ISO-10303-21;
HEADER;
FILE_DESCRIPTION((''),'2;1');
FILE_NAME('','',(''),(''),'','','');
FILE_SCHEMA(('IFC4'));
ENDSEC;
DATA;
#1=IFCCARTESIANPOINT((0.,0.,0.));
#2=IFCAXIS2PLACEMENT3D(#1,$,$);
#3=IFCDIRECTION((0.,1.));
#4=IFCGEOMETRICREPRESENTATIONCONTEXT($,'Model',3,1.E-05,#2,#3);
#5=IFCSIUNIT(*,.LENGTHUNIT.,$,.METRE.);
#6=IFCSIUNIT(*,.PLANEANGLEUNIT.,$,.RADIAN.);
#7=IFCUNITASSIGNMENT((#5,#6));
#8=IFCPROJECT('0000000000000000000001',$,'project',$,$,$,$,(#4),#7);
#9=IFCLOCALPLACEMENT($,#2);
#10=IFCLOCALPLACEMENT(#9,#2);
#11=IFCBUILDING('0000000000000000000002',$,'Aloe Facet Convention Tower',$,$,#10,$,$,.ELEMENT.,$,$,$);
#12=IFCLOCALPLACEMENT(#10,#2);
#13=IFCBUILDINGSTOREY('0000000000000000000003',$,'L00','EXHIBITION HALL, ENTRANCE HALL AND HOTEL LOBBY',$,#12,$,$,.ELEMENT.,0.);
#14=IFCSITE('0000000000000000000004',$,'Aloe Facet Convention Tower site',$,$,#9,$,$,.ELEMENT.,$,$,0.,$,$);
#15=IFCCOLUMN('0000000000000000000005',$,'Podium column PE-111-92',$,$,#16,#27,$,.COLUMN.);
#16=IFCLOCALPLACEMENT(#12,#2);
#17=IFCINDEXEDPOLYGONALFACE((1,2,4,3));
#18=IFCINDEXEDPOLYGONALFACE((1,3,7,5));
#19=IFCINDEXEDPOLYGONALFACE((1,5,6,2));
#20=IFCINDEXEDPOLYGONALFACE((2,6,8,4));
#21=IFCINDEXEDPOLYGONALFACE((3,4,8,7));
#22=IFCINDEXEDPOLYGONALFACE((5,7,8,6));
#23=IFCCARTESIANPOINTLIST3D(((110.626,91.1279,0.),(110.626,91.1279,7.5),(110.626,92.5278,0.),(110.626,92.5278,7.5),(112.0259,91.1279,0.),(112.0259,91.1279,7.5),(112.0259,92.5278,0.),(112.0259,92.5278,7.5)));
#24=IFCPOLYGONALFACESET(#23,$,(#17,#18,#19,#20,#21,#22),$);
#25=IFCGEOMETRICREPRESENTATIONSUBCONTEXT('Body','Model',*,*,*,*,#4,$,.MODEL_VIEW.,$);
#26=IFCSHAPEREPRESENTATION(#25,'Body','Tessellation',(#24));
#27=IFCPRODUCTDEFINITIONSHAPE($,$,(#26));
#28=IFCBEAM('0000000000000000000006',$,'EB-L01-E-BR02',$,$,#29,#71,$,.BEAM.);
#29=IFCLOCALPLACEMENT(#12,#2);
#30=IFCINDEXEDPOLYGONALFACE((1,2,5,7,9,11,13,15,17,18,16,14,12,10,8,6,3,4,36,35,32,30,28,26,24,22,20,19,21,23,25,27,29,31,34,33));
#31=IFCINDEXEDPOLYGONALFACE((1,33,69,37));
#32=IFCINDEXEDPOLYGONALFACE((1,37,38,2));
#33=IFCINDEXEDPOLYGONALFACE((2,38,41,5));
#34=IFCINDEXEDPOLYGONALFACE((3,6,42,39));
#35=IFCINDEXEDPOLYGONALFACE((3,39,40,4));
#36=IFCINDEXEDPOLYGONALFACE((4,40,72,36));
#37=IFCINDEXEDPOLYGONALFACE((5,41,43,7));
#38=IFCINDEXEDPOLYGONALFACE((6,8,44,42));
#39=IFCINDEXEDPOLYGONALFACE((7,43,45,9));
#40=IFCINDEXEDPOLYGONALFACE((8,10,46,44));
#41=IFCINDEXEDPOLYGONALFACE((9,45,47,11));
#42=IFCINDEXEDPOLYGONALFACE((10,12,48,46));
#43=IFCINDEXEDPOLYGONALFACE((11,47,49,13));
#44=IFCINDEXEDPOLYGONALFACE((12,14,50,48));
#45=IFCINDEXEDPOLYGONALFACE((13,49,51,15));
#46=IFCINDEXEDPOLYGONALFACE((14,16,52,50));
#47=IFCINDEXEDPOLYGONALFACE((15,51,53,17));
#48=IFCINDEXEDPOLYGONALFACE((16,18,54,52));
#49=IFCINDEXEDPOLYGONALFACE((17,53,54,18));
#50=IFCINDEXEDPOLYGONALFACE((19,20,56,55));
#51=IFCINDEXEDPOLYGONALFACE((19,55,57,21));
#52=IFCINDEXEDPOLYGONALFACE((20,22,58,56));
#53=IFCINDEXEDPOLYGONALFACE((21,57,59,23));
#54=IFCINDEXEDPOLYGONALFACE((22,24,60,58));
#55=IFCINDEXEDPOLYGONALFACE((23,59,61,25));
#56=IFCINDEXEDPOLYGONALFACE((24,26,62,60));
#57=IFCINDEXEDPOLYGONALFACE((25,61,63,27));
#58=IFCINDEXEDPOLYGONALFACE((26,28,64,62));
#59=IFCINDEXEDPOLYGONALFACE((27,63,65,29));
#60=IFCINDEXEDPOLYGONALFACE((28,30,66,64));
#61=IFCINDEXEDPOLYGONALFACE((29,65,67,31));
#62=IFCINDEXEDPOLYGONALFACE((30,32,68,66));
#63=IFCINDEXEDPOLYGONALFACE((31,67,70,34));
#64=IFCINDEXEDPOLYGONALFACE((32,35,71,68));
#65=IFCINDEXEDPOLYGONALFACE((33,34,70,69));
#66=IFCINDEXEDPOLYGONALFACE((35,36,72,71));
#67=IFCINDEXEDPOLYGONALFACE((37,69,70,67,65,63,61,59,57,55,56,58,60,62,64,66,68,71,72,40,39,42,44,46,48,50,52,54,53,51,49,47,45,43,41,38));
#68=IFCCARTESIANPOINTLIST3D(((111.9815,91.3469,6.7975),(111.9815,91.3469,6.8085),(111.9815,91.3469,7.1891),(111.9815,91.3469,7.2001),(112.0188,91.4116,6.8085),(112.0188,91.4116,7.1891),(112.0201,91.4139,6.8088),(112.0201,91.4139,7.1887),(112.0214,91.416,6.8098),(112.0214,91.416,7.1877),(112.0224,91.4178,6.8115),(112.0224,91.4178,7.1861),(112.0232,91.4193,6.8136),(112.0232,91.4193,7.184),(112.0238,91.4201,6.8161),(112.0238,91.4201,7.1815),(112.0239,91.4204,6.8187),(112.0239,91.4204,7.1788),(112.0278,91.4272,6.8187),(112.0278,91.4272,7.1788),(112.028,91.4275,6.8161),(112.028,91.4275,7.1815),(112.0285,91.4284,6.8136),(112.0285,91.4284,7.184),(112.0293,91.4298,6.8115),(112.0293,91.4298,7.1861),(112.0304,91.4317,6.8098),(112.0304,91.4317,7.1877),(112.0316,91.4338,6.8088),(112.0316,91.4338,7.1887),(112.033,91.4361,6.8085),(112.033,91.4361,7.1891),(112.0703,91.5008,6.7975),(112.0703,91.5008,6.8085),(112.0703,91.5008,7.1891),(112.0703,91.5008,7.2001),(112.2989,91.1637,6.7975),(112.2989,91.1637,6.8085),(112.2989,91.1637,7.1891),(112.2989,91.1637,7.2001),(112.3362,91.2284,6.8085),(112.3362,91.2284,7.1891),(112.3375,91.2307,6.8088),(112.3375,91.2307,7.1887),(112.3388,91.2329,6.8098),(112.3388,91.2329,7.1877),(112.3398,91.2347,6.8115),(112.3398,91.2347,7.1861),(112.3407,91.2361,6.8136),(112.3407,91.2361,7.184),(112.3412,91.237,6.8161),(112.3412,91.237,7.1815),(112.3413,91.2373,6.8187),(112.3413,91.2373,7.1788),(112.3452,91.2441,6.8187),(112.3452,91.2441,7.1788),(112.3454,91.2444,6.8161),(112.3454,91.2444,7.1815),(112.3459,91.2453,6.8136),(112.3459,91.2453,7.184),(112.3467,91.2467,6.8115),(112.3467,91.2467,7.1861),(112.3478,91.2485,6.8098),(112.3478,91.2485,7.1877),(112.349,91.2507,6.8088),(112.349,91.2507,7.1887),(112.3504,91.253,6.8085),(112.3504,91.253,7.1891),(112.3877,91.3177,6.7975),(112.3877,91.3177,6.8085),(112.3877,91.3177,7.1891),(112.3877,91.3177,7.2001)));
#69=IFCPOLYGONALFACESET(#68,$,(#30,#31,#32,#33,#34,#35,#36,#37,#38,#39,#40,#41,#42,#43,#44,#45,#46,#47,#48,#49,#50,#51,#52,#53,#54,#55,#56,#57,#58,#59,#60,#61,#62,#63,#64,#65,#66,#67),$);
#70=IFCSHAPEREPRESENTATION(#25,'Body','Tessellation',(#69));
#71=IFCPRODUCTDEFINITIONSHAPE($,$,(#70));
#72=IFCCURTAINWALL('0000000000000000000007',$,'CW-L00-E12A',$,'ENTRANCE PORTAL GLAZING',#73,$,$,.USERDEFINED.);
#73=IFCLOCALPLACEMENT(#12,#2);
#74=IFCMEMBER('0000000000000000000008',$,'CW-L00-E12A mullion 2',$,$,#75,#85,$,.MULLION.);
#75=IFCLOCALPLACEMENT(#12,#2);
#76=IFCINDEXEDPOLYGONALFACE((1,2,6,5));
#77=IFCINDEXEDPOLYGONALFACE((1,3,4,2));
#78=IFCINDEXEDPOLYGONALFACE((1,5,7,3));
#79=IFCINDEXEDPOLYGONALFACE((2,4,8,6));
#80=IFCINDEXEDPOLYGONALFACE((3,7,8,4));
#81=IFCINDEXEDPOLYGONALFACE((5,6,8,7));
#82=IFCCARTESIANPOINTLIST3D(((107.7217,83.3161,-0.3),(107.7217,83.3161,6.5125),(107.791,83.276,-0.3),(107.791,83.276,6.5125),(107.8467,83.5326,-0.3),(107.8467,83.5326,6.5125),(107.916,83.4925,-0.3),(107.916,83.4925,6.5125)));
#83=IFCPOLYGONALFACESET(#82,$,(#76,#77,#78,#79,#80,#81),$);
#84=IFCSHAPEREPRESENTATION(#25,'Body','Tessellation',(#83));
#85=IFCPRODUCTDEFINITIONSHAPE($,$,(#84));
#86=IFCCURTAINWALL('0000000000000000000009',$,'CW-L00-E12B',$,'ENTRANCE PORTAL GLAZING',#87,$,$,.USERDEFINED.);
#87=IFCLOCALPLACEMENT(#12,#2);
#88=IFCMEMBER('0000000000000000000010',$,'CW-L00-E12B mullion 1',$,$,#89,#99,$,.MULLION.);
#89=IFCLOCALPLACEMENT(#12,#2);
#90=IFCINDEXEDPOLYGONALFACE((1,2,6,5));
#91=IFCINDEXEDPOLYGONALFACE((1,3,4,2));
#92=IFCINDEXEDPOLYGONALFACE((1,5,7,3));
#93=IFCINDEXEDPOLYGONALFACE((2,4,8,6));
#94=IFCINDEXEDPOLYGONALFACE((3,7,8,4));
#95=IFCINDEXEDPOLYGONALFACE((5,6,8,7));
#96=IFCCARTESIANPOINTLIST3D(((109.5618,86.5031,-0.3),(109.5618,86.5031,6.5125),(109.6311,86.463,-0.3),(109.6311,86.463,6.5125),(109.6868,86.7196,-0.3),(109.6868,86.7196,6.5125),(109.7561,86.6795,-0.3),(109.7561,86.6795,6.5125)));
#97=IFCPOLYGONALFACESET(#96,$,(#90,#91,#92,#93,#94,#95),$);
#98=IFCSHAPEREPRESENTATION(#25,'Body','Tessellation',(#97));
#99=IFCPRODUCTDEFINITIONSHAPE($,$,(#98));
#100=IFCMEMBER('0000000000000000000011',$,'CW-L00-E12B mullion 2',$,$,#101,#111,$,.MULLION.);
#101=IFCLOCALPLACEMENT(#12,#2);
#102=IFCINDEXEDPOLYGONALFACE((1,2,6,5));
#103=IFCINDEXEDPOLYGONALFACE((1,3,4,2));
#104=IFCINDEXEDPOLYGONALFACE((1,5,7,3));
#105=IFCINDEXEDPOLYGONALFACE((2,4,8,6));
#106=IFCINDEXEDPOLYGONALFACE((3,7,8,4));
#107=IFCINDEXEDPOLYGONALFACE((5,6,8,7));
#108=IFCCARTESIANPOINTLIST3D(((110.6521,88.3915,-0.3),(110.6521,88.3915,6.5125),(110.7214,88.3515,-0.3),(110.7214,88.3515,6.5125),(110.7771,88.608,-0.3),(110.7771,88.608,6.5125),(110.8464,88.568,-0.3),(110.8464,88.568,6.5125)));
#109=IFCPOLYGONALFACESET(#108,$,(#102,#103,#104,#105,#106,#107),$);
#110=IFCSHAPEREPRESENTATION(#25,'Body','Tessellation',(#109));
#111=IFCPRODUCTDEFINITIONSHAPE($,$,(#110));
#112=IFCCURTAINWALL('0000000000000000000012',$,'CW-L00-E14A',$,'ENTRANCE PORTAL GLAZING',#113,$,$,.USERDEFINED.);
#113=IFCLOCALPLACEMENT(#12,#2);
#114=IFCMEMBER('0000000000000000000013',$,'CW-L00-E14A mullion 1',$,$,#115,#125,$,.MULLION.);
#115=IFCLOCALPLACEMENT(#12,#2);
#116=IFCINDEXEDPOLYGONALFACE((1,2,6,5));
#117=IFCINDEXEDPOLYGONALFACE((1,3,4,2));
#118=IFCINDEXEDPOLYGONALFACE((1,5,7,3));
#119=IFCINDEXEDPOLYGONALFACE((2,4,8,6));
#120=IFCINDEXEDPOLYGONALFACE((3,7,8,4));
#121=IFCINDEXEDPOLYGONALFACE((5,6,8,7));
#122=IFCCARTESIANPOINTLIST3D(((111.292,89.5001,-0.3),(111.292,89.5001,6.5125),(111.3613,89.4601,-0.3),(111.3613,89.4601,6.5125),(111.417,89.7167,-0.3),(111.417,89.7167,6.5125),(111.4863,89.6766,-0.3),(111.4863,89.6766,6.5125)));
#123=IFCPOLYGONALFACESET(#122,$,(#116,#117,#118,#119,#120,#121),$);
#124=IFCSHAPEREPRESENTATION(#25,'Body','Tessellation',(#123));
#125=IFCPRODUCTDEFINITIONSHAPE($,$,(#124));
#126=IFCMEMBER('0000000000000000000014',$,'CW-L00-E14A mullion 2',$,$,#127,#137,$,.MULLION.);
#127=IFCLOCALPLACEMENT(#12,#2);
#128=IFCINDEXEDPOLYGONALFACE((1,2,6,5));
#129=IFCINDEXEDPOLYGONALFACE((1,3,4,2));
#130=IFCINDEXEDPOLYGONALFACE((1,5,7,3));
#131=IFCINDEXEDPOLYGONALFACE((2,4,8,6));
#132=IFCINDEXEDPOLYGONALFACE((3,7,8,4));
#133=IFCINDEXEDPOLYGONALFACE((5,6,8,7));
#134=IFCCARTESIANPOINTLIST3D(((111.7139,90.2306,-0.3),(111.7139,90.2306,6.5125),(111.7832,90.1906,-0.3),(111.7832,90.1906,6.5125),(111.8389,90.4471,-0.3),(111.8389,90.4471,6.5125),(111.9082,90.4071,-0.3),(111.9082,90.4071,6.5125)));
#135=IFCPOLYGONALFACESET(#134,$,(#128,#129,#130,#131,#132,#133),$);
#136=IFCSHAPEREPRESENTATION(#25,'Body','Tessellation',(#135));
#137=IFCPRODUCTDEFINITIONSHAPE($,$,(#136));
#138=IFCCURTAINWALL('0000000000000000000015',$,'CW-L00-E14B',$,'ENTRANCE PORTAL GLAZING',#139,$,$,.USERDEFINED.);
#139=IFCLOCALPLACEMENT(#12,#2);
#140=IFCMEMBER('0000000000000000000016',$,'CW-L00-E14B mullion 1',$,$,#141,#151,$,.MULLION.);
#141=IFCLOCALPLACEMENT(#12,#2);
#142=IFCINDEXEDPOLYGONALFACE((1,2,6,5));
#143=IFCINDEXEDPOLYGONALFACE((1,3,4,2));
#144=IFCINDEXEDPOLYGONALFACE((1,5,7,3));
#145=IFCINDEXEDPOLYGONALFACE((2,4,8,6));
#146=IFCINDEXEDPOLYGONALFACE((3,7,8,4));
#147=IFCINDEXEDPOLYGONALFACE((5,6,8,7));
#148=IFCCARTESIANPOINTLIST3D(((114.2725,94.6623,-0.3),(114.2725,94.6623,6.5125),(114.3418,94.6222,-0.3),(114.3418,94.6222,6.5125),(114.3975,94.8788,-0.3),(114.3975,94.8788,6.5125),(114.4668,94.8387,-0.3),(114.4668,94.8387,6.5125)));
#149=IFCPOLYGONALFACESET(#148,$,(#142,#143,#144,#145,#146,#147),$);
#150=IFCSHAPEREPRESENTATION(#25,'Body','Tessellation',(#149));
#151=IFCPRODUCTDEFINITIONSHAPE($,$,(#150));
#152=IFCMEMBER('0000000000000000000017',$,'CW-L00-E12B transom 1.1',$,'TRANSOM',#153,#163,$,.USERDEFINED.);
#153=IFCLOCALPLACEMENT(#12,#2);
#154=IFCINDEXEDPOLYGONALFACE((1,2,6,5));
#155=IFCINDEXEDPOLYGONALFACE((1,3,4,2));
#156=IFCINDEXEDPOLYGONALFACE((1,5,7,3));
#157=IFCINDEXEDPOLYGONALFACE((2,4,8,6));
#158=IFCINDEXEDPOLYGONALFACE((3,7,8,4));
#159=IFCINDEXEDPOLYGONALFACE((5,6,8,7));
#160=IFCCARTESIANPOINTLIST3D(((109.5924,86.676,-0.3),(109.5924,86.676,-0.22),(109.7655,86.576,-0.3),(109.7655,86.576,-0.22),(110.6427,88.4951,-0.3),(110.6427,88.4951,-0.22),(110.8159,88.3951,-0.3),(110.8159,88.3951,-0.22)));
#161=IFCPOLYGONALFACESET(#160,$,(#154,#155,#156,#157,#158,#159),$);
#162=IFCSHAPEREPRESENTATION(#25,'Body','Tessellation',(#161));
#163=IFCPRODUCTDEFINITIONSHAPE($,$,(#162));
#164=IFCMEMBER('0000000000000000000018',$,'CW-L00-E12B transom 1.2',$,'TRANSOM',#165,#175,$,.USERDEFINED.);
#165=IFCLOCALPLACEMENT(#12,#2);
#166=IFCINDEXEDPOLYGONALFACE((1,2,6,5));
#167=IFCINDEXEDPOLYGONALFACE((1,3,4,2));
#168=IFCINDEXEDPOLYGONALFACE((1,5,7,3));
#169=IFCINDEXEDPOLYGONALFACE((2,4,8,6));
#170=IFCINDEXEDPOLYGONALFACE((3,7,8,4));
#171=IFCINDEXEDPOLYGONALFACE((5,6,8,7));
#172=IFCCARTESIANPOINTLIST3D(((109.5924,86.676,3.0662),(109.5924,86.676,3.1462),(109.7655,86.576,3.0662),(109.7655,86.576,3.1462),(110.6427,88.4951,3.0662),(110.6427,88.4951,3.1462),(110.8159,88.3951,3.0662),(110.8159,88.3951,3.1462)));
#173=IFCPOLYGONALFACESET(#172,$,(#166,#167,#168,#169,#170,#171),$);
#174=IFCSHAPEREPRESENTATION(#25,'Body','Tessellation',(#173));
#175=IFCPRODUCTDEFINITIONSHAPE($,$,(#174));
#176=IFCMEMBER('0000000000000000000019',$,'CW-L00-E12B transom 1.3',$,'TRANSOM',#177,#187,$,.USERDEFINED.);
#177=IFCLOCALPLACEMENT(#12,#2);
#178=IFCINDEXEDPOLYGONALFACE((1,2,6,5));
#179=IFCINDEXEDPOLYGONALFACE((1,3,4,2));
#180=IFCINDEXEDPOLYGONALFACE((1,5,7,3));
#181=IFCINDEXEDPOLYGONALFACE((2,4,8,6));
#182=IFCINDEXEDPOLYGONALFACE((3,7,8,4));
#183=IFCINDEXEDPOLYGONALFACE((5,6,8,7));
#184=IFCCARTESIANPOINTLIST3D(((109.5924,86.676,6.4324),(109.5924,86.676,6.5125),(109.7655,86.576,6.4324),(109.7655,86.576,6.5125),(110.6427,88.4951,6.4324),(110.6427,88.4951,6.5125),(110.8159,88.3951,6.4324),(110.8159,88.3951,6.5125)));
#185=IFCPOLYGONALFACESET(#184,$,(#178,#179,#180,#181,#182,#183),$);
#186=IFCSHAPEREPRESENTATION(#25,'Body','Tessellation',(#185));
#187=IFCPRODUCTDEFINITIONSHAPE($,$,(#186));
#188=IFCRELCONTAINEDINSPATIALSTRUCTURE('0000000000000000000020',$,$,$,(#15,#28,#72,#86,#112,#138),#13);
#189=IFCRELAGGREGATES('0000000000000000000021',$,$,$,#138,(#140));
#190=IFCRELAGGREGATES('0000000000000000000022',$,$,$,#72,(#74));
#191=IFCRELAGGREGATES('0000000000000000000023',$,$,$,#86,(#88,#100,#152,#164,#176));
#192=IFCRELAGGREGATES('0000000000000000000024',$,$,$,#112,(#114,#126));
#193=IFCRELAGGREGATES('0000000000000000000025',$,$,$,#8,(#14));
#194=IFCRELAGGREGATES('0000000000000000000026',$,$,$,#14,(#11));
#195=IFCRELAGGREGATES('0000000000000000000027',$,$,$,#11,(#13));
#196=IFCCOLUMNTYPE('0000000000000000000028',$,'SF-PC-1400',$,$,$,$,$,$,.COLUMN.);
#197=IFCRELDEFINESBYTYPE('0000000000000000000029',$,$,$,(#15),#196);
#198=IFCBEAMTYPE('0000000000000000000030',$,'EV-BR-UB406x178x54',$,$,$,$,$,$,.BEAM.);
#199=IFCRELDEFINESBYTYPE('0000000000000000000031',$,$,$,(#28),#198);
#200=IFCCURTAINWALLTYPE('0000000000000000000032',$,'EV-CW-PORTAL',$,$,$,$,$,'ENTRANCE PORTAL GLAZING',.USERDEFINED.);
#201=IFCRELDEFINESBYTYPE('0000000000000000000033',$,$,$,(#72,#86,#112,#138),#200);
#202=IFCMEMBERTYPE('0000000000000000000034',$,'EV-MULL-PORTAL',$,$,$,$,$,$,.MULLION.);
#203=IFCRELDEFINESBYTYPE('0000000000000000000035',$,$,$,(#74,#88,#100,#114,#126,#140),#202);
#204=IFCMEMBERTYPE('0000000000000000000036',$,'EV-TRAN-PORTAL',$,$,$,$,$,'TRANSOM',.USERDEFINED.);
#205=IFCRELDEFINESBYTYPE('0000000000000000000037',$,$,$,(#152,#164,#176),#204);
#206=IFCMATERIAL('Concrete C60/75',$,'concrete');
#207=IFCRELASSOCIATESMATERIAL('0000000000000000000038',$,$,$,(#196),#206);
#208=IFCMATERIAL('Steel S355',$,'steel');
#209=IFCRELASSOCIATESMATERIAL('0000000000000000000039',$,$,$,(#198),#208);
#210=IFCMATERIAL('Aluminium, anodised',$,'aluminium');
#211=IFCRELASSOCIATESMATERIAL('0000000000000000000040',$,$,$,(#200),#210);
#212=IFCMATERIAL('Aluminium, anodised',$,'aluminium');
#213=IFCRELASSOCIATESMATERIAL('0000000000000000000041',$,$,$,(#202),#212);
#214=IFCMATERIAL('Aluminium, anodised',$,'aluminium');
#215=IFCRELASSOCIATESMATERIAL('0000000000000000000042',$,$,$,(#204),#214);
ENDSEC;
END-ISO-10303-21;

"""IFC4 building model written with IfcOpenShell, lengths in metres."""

from ifc_helpers import new_model, si_unit, direction, frame, origin, origin_2d, place, context, subcontext, project, spatial, rectangle, i_section, extrude, material, material_profile, profile_set, type_object, element, aggregate, save


model = new_model("IFC4")

# Units and contexts
model_context = context("Model", 3, precision=1e-05, world=origin(), true_north=direction((0.0, 1.0)))
body_context = subcontext(model_context, "Body", "Model", "MODEL_VIEW")
ifc_project = project(units=[si_unit("LENGTHUNIT", "METRE"), si_unit("PLANEANGLEUNIT", "RADIAN")], contexts=[model_context])

# Site, building, storey
site_placement = place(None, origin())
site = spatial("IfcSite", under=ifc_project, at=site_placement, Name="Aloe Facet Convention Tower site", CompositionType="ELEMENT", RefElevation=0.0)
building_placement = place(site_placement, origin())
building = spatial("IfcBuilding", under=site, at=building_placement, Name="Aloe Facet Convention Tower", CompositionType="ELEMENT")
storey_placement = place(building_placement, origin())
storey = spatial("IfcBuildingStorey", under=building, at=storey_placement, Name="L00", Description="EXHIBITION HALL, ENTRANCE HALL AND HOTEL LOBBY", CompositionType="ELEMENT", Elevation=0.0)

# Column
ifc_material_1 = material(Name="Concrete C60/75", Category="concrete")
ifc_material_profile_1 = material_profile(ifc_material_1, rectangle(XDim=1.3999, YDim=1.3999, at=origin_2d()), Name="SF-PC-1400")
ifc_profile_set_1 = profile_set([ifc_material_profile_1], Name="Concrete C60/75")
column_type = type_object("IfcColumnType", Name="SF-PC-1400", PredefinedType="COLUMN", material=ifc_profile_set_1)
column_placement = place(storey_placement, frame((111.3259, 91.8279, 0.0), z_axis=(0.0, 0.0, 1.0), x_axis=(1.0, 0.0, 0.0)))
element("IfcColumn", 1, at=column_placement, inside=storey, type_object=column_type, Name="Podium column PE-111-92", PredefinedType="COLUMN", context=body_context, shape_type="SweptSolid", body=[
    extrude(rectangle(XDim=1.3999, YDim=1.3999, at=origin_2d()), origin(), (0.0, 0.0, 1.0), 7.5),
])

# Beam
ifc_material_2 = material(Name="Steel S355", Category="steel")
ifc_material_profile_2 = material_profile(ifc_material_2, i_section(OverallWidth=0.1777, OverallDepth=0.4026, WebThickness=0.0078, FlangeThickness=0.011, FilletRadius=0.0103, at=origin_2d()), Name="UB 406x178x54")
ifc_profile_set_2 = profile_set([ifc_material_profile_2], Name="Steel S355")
beam_type_1 = type_object("IfcBeamType", Name="EV-BR-UB406x178x54", PredefinedType="BEAM", material=ifc_profile_set_2)
beam_1_placement = place(storey_placement, frame((112.0259, 91.4238, 6.9988), z_axis=(0.866186, -0.499722, 0.0), x_axis=(0.499722, 0.866186, 0.0)))
element("IfcBeam", 2, at=beam_1_placement, inside=storey, type_object=beam_type_1, Name="EB-L01-E-BR02", PredefinedType="BEAM", context=body_context, shape_type="SweptSolid", body=[
    extrude(i_section(OverallWidth=0.1777, OverallDepth=0.4026, WebThickness=0.0078, FlangeThickness=0.011, FilletRadius=0.0103, at=origin_2d()), origin(), (0.0, 0.0, 1.0), 0.3665),
])

# Curtain wall, member
ifc_material_3 = material(Name="Aluminium, anodised", Category="aluminium")
curtain_wall_type = type_object("IfcCurtainWallType", Name="EV-CW-PORTAL", ElementType="ENTRANCE PORTAL GLAZING", PredefinedType="USERDEFINED", material=ifc_material_3)
curtain_wall_1_placement = place(storey_placement, origin())
curtain_wall_1 = element("IfcCurtainWall", 3, at=curtain_wall_1_placement, inside=storey, type_object=curtain_wall_type, Name="CW-L00-E12A", ObjectType="ENTRANCE PORTAL GLAZING", PredefinedType="USERDEFINED")
ifc_material_4 = material(Name="Aluminium, anodised", Category="aluminium")
ifc_material_profile_3 = material_profile(ifc_material_4, rectangle(XDim=0.0801, YDim=0.25, at=origin_2d()), Name="AL 80x250")
ifc_profile_set_3 = profile_set([ifc_material_profile_3], Name="Aluminium, anodised")
member_type_1 = type_object("IfcMemberType", Name="EV-MULL-PORTAL", PredefinedType="MULLION", material=ifc_profile_set_3)
member_1_placement = place(storey_placement, frame((107.8188, 83.4043, -0.3), z_axis=(0.0, 0.0, 1.0), x_axis=(-0.866025, 0.5, 0.0)))
member_1 = element("IfcMember", 4, at=member_1_placement, type_object=member_type_1, Name="CW-L00-E12A mullion 2", PredefinedType="MULLION", context=body_context, shape_type="SweptSolid", body=[
    extrude(rectangle(XDim=0.0801, YDim=0.25, at=origin_2d()), origin(), (0.0, 0.0, 1.0), 6.8125),
])

# Curtain walls, members
curtain_wall_2_placement = place(storey_placement, origin())
curtain_wall_2 = element("IfcCurtainWall", 5, at=curtain_wall_2_placement, inside=storey, type_object=curtain_wall_type, Name="CW-L00-E12B", ObjectType="ENTRANCE PORTAL GLAZING", PredefinedType="USERDEFINED")
member_2_placement = place(storey_placement, frame((109.6589, 86.5913, -0.3), z_axis=(0.0, 0.0, 1.0), x_axis=(-0.866025, 0.5, 0.0)))
member_2 = element("IfcMember", 6, at=member_2_placement, type_object=member_type_1, Name="CW-L00-E12B mullion 1", PredefinedType="MULLION", context=body_context, shape_type="SweptSolid", body=[
    extrude(rectangle(XDim=0.0801, YDim=0.25, at=origin_2d()), origin(), (0.0, 0.0, 1.0), 6.8125),
])
member_3_placement = place(storey_placement, frame((110.7493, 88.4797, -0.3), z_axis=(0.0, 0.0, 1.0), x_axis=(-0.866025, 0.5, 0.0)))
member_3 = element("IfcMember", 7, at=member_3_placement, type_object=member_type_1, Name="CW-L00-E12B mullion 2", PredefinedType="MULLION", context=body_context, shape_type="SweptSolid", body=[
    extrude(rectangle(XDim=0.0801, YDim=0.25, at=origin_2d()), origin(), (0.0, 0.0, 1.0), 6.8125),
])
curtain_wall_3_placement = place(storey_placement, origin())
curtain_wall_3 = element("IfcCurtainWall", 8, at=curtain_wall_3_placement, inside=storey, type_object=curtain_wall_type, Name="CW-L00-E14A", ObjectType="ENTRANCE PORTAL GLAZING", PredefinedType="USERDEFINED")
member_4_placement = place(storey_placement, frame((111.3892, 89.5884, -0.3), z_axis=(0.0, 0.0, 1.0), x_axis=(-0.866025, 0.5, 0.0)))
member_4 = element("IfcMember", 9, at=member_4_placement, type_object=member_type_1, Name="CW-L00-E14A mullion 1", PredefinedType="MULLION", context=body_context, shape_type="SweptSolid", body=[
    extrude(rectangle(XDim=0.0801, YDim=0.25, at=origin_2d()), origin(), (0.0, 0.0, 1.0), 6.8125),
])
member_5_placement = place(storey_placement, frame((111.811, 90.3188, -0.3), z_axis=(0.0, 0.0, 1.0), x_axis=(-0.866025, 0.5, 0.0)))
member_5 = element("IfcMember", 10, at=member_5_placement, type_object=member_type_1, Name="CW-L00-E14A mullion 2", PredefinedType="MULLION", context=body_context, shape_type="SweptSolid", body=[
    extrude(rectangle(XDim=0.0801, YDim=0.25, at=origin_2d()), origin(), (0.0, 0.0, 1.0), 6.8125),
])

# Curtain wall, member
curtain_wall_4_placement = place(storey_placement, origin())
curtain_wall_4 = element("IfcCurtainWall", 11, at=curtain_wall_4_placement, inside=storey, type_object=curtain_wall_type, Name="CW-L00-E14B", ObjectType="ENTRANCE PORTAL GLAZING", PredefinedType="USERDEFINED")
member_6_placement = place(storey_placement, frame((114.3696, 94.7505, -0.3), z_axis=(0.0, 0.0, 1.0), x_axis=(-0.866025, 0.5, 0.0)))
member_6 = element("IfcMember", 12, at=member_6_placement, type_object=member_type_1, Name="CW-L00-E14B mullion 1", PredefinedType="MULLION", context=body_context, shape_type="SweptSolid", body=[
    extrude(rectangle(XDim=0.0801, YDim=0.25, at=origin_2d()), origin(), (0.0, 0.0, 1.0), 6.8125),
])

# Members
ifc_material_5 = material(Name="Aluminium, anodised", Category="aluminium")
ifc_material_profile_4 = material_profile(ifc_material_5, rectangle(XDim=0.2, YDim=0.0801, at=origin_2d()), Name="AL 200x80")
ifc_profile_set_4 = profile_set([ifc_material_profile_4], Name="Aluminium, anodised")
member_type_2 = type_object("IfcMemberType", Name="EV-TRAN-PORTAL", ElementType="TRANSOM", PredefinedType="USERDEFINED", material=ifc_profile_set_4)
member_7_placement = place(storey_placement, frame((109.679, 86.626, -0.26), z_axis=(0.500014, 0.866017, 0.0), x_axis=(-0.866017, 0.500014, 0.0)))
member_7 = element("IfcMember", 13, at=member_7_placement, type_object=member_type_2, Name="CW-L00-E12B transom 1.1", ObjectType="TRANSOM", PredefinedType="USERDEFINED", context=body_context, shape_type="SweptSolid", body=[
    extrude(rectangle(XDim=0.2, YDim=0.0801, at=origin_2d()), origin(), (0.0, 0.0, 1.0), 2.1006),
])
member_8_placement = place(storey_placement, frame((109.679, 86.626, 3.1062), z_axis=(0.500014, 0.866017, 0.0), x_axis=(-0.866017, 0.500014, 0.0)))
member_8 = element("IfcMember", 14, at=member_8_placement, type_object=member_type_2, Name="CW-L00-E12B transom 1.2", ObjectType="TRANSOM", PredefinedType="USERDEFINED", context=body_context, shape_type="SweptSolid", body=[
    extrude(rectangle(XDim=0.2, YDim=0.0801, at=origin_2d()), origin(), (0.0, 0.0, 1.0), 2.1006),
])
member_9_placement = place(storey_placement, frame((109.679, 86.626, 6.4724), z_axis=(0.500014, 0.866017, 0.0), x_axis=(-0.866017, 0.500014, 0.0)))
member_9 = element("IfcMember", 15, at=member_9_placement, type_object=member_type_2, Name="CW-L00-E12B transom 1.3", ObjectType="TRANSOM", PredefinedType="USERDEFINED", context=body_context, shape_type="SweptSolid", body=[
    extrude(rectangle(XDim=0.2, YDim=0.0801, at=origin_2d()), origin(), (0.0, 0.0, 1.0), 2.1006),
])
aggregate(curtain_wall_4, [member_6])

aggregate(curtain_wall_1, [member_1])
aggregate(curtain_wall_2, [member_2, member_3, member_7, member_8, member_9])
aggregate(curtain_wall_3, [member_4, member_5])

save(model, "model.ifc")
